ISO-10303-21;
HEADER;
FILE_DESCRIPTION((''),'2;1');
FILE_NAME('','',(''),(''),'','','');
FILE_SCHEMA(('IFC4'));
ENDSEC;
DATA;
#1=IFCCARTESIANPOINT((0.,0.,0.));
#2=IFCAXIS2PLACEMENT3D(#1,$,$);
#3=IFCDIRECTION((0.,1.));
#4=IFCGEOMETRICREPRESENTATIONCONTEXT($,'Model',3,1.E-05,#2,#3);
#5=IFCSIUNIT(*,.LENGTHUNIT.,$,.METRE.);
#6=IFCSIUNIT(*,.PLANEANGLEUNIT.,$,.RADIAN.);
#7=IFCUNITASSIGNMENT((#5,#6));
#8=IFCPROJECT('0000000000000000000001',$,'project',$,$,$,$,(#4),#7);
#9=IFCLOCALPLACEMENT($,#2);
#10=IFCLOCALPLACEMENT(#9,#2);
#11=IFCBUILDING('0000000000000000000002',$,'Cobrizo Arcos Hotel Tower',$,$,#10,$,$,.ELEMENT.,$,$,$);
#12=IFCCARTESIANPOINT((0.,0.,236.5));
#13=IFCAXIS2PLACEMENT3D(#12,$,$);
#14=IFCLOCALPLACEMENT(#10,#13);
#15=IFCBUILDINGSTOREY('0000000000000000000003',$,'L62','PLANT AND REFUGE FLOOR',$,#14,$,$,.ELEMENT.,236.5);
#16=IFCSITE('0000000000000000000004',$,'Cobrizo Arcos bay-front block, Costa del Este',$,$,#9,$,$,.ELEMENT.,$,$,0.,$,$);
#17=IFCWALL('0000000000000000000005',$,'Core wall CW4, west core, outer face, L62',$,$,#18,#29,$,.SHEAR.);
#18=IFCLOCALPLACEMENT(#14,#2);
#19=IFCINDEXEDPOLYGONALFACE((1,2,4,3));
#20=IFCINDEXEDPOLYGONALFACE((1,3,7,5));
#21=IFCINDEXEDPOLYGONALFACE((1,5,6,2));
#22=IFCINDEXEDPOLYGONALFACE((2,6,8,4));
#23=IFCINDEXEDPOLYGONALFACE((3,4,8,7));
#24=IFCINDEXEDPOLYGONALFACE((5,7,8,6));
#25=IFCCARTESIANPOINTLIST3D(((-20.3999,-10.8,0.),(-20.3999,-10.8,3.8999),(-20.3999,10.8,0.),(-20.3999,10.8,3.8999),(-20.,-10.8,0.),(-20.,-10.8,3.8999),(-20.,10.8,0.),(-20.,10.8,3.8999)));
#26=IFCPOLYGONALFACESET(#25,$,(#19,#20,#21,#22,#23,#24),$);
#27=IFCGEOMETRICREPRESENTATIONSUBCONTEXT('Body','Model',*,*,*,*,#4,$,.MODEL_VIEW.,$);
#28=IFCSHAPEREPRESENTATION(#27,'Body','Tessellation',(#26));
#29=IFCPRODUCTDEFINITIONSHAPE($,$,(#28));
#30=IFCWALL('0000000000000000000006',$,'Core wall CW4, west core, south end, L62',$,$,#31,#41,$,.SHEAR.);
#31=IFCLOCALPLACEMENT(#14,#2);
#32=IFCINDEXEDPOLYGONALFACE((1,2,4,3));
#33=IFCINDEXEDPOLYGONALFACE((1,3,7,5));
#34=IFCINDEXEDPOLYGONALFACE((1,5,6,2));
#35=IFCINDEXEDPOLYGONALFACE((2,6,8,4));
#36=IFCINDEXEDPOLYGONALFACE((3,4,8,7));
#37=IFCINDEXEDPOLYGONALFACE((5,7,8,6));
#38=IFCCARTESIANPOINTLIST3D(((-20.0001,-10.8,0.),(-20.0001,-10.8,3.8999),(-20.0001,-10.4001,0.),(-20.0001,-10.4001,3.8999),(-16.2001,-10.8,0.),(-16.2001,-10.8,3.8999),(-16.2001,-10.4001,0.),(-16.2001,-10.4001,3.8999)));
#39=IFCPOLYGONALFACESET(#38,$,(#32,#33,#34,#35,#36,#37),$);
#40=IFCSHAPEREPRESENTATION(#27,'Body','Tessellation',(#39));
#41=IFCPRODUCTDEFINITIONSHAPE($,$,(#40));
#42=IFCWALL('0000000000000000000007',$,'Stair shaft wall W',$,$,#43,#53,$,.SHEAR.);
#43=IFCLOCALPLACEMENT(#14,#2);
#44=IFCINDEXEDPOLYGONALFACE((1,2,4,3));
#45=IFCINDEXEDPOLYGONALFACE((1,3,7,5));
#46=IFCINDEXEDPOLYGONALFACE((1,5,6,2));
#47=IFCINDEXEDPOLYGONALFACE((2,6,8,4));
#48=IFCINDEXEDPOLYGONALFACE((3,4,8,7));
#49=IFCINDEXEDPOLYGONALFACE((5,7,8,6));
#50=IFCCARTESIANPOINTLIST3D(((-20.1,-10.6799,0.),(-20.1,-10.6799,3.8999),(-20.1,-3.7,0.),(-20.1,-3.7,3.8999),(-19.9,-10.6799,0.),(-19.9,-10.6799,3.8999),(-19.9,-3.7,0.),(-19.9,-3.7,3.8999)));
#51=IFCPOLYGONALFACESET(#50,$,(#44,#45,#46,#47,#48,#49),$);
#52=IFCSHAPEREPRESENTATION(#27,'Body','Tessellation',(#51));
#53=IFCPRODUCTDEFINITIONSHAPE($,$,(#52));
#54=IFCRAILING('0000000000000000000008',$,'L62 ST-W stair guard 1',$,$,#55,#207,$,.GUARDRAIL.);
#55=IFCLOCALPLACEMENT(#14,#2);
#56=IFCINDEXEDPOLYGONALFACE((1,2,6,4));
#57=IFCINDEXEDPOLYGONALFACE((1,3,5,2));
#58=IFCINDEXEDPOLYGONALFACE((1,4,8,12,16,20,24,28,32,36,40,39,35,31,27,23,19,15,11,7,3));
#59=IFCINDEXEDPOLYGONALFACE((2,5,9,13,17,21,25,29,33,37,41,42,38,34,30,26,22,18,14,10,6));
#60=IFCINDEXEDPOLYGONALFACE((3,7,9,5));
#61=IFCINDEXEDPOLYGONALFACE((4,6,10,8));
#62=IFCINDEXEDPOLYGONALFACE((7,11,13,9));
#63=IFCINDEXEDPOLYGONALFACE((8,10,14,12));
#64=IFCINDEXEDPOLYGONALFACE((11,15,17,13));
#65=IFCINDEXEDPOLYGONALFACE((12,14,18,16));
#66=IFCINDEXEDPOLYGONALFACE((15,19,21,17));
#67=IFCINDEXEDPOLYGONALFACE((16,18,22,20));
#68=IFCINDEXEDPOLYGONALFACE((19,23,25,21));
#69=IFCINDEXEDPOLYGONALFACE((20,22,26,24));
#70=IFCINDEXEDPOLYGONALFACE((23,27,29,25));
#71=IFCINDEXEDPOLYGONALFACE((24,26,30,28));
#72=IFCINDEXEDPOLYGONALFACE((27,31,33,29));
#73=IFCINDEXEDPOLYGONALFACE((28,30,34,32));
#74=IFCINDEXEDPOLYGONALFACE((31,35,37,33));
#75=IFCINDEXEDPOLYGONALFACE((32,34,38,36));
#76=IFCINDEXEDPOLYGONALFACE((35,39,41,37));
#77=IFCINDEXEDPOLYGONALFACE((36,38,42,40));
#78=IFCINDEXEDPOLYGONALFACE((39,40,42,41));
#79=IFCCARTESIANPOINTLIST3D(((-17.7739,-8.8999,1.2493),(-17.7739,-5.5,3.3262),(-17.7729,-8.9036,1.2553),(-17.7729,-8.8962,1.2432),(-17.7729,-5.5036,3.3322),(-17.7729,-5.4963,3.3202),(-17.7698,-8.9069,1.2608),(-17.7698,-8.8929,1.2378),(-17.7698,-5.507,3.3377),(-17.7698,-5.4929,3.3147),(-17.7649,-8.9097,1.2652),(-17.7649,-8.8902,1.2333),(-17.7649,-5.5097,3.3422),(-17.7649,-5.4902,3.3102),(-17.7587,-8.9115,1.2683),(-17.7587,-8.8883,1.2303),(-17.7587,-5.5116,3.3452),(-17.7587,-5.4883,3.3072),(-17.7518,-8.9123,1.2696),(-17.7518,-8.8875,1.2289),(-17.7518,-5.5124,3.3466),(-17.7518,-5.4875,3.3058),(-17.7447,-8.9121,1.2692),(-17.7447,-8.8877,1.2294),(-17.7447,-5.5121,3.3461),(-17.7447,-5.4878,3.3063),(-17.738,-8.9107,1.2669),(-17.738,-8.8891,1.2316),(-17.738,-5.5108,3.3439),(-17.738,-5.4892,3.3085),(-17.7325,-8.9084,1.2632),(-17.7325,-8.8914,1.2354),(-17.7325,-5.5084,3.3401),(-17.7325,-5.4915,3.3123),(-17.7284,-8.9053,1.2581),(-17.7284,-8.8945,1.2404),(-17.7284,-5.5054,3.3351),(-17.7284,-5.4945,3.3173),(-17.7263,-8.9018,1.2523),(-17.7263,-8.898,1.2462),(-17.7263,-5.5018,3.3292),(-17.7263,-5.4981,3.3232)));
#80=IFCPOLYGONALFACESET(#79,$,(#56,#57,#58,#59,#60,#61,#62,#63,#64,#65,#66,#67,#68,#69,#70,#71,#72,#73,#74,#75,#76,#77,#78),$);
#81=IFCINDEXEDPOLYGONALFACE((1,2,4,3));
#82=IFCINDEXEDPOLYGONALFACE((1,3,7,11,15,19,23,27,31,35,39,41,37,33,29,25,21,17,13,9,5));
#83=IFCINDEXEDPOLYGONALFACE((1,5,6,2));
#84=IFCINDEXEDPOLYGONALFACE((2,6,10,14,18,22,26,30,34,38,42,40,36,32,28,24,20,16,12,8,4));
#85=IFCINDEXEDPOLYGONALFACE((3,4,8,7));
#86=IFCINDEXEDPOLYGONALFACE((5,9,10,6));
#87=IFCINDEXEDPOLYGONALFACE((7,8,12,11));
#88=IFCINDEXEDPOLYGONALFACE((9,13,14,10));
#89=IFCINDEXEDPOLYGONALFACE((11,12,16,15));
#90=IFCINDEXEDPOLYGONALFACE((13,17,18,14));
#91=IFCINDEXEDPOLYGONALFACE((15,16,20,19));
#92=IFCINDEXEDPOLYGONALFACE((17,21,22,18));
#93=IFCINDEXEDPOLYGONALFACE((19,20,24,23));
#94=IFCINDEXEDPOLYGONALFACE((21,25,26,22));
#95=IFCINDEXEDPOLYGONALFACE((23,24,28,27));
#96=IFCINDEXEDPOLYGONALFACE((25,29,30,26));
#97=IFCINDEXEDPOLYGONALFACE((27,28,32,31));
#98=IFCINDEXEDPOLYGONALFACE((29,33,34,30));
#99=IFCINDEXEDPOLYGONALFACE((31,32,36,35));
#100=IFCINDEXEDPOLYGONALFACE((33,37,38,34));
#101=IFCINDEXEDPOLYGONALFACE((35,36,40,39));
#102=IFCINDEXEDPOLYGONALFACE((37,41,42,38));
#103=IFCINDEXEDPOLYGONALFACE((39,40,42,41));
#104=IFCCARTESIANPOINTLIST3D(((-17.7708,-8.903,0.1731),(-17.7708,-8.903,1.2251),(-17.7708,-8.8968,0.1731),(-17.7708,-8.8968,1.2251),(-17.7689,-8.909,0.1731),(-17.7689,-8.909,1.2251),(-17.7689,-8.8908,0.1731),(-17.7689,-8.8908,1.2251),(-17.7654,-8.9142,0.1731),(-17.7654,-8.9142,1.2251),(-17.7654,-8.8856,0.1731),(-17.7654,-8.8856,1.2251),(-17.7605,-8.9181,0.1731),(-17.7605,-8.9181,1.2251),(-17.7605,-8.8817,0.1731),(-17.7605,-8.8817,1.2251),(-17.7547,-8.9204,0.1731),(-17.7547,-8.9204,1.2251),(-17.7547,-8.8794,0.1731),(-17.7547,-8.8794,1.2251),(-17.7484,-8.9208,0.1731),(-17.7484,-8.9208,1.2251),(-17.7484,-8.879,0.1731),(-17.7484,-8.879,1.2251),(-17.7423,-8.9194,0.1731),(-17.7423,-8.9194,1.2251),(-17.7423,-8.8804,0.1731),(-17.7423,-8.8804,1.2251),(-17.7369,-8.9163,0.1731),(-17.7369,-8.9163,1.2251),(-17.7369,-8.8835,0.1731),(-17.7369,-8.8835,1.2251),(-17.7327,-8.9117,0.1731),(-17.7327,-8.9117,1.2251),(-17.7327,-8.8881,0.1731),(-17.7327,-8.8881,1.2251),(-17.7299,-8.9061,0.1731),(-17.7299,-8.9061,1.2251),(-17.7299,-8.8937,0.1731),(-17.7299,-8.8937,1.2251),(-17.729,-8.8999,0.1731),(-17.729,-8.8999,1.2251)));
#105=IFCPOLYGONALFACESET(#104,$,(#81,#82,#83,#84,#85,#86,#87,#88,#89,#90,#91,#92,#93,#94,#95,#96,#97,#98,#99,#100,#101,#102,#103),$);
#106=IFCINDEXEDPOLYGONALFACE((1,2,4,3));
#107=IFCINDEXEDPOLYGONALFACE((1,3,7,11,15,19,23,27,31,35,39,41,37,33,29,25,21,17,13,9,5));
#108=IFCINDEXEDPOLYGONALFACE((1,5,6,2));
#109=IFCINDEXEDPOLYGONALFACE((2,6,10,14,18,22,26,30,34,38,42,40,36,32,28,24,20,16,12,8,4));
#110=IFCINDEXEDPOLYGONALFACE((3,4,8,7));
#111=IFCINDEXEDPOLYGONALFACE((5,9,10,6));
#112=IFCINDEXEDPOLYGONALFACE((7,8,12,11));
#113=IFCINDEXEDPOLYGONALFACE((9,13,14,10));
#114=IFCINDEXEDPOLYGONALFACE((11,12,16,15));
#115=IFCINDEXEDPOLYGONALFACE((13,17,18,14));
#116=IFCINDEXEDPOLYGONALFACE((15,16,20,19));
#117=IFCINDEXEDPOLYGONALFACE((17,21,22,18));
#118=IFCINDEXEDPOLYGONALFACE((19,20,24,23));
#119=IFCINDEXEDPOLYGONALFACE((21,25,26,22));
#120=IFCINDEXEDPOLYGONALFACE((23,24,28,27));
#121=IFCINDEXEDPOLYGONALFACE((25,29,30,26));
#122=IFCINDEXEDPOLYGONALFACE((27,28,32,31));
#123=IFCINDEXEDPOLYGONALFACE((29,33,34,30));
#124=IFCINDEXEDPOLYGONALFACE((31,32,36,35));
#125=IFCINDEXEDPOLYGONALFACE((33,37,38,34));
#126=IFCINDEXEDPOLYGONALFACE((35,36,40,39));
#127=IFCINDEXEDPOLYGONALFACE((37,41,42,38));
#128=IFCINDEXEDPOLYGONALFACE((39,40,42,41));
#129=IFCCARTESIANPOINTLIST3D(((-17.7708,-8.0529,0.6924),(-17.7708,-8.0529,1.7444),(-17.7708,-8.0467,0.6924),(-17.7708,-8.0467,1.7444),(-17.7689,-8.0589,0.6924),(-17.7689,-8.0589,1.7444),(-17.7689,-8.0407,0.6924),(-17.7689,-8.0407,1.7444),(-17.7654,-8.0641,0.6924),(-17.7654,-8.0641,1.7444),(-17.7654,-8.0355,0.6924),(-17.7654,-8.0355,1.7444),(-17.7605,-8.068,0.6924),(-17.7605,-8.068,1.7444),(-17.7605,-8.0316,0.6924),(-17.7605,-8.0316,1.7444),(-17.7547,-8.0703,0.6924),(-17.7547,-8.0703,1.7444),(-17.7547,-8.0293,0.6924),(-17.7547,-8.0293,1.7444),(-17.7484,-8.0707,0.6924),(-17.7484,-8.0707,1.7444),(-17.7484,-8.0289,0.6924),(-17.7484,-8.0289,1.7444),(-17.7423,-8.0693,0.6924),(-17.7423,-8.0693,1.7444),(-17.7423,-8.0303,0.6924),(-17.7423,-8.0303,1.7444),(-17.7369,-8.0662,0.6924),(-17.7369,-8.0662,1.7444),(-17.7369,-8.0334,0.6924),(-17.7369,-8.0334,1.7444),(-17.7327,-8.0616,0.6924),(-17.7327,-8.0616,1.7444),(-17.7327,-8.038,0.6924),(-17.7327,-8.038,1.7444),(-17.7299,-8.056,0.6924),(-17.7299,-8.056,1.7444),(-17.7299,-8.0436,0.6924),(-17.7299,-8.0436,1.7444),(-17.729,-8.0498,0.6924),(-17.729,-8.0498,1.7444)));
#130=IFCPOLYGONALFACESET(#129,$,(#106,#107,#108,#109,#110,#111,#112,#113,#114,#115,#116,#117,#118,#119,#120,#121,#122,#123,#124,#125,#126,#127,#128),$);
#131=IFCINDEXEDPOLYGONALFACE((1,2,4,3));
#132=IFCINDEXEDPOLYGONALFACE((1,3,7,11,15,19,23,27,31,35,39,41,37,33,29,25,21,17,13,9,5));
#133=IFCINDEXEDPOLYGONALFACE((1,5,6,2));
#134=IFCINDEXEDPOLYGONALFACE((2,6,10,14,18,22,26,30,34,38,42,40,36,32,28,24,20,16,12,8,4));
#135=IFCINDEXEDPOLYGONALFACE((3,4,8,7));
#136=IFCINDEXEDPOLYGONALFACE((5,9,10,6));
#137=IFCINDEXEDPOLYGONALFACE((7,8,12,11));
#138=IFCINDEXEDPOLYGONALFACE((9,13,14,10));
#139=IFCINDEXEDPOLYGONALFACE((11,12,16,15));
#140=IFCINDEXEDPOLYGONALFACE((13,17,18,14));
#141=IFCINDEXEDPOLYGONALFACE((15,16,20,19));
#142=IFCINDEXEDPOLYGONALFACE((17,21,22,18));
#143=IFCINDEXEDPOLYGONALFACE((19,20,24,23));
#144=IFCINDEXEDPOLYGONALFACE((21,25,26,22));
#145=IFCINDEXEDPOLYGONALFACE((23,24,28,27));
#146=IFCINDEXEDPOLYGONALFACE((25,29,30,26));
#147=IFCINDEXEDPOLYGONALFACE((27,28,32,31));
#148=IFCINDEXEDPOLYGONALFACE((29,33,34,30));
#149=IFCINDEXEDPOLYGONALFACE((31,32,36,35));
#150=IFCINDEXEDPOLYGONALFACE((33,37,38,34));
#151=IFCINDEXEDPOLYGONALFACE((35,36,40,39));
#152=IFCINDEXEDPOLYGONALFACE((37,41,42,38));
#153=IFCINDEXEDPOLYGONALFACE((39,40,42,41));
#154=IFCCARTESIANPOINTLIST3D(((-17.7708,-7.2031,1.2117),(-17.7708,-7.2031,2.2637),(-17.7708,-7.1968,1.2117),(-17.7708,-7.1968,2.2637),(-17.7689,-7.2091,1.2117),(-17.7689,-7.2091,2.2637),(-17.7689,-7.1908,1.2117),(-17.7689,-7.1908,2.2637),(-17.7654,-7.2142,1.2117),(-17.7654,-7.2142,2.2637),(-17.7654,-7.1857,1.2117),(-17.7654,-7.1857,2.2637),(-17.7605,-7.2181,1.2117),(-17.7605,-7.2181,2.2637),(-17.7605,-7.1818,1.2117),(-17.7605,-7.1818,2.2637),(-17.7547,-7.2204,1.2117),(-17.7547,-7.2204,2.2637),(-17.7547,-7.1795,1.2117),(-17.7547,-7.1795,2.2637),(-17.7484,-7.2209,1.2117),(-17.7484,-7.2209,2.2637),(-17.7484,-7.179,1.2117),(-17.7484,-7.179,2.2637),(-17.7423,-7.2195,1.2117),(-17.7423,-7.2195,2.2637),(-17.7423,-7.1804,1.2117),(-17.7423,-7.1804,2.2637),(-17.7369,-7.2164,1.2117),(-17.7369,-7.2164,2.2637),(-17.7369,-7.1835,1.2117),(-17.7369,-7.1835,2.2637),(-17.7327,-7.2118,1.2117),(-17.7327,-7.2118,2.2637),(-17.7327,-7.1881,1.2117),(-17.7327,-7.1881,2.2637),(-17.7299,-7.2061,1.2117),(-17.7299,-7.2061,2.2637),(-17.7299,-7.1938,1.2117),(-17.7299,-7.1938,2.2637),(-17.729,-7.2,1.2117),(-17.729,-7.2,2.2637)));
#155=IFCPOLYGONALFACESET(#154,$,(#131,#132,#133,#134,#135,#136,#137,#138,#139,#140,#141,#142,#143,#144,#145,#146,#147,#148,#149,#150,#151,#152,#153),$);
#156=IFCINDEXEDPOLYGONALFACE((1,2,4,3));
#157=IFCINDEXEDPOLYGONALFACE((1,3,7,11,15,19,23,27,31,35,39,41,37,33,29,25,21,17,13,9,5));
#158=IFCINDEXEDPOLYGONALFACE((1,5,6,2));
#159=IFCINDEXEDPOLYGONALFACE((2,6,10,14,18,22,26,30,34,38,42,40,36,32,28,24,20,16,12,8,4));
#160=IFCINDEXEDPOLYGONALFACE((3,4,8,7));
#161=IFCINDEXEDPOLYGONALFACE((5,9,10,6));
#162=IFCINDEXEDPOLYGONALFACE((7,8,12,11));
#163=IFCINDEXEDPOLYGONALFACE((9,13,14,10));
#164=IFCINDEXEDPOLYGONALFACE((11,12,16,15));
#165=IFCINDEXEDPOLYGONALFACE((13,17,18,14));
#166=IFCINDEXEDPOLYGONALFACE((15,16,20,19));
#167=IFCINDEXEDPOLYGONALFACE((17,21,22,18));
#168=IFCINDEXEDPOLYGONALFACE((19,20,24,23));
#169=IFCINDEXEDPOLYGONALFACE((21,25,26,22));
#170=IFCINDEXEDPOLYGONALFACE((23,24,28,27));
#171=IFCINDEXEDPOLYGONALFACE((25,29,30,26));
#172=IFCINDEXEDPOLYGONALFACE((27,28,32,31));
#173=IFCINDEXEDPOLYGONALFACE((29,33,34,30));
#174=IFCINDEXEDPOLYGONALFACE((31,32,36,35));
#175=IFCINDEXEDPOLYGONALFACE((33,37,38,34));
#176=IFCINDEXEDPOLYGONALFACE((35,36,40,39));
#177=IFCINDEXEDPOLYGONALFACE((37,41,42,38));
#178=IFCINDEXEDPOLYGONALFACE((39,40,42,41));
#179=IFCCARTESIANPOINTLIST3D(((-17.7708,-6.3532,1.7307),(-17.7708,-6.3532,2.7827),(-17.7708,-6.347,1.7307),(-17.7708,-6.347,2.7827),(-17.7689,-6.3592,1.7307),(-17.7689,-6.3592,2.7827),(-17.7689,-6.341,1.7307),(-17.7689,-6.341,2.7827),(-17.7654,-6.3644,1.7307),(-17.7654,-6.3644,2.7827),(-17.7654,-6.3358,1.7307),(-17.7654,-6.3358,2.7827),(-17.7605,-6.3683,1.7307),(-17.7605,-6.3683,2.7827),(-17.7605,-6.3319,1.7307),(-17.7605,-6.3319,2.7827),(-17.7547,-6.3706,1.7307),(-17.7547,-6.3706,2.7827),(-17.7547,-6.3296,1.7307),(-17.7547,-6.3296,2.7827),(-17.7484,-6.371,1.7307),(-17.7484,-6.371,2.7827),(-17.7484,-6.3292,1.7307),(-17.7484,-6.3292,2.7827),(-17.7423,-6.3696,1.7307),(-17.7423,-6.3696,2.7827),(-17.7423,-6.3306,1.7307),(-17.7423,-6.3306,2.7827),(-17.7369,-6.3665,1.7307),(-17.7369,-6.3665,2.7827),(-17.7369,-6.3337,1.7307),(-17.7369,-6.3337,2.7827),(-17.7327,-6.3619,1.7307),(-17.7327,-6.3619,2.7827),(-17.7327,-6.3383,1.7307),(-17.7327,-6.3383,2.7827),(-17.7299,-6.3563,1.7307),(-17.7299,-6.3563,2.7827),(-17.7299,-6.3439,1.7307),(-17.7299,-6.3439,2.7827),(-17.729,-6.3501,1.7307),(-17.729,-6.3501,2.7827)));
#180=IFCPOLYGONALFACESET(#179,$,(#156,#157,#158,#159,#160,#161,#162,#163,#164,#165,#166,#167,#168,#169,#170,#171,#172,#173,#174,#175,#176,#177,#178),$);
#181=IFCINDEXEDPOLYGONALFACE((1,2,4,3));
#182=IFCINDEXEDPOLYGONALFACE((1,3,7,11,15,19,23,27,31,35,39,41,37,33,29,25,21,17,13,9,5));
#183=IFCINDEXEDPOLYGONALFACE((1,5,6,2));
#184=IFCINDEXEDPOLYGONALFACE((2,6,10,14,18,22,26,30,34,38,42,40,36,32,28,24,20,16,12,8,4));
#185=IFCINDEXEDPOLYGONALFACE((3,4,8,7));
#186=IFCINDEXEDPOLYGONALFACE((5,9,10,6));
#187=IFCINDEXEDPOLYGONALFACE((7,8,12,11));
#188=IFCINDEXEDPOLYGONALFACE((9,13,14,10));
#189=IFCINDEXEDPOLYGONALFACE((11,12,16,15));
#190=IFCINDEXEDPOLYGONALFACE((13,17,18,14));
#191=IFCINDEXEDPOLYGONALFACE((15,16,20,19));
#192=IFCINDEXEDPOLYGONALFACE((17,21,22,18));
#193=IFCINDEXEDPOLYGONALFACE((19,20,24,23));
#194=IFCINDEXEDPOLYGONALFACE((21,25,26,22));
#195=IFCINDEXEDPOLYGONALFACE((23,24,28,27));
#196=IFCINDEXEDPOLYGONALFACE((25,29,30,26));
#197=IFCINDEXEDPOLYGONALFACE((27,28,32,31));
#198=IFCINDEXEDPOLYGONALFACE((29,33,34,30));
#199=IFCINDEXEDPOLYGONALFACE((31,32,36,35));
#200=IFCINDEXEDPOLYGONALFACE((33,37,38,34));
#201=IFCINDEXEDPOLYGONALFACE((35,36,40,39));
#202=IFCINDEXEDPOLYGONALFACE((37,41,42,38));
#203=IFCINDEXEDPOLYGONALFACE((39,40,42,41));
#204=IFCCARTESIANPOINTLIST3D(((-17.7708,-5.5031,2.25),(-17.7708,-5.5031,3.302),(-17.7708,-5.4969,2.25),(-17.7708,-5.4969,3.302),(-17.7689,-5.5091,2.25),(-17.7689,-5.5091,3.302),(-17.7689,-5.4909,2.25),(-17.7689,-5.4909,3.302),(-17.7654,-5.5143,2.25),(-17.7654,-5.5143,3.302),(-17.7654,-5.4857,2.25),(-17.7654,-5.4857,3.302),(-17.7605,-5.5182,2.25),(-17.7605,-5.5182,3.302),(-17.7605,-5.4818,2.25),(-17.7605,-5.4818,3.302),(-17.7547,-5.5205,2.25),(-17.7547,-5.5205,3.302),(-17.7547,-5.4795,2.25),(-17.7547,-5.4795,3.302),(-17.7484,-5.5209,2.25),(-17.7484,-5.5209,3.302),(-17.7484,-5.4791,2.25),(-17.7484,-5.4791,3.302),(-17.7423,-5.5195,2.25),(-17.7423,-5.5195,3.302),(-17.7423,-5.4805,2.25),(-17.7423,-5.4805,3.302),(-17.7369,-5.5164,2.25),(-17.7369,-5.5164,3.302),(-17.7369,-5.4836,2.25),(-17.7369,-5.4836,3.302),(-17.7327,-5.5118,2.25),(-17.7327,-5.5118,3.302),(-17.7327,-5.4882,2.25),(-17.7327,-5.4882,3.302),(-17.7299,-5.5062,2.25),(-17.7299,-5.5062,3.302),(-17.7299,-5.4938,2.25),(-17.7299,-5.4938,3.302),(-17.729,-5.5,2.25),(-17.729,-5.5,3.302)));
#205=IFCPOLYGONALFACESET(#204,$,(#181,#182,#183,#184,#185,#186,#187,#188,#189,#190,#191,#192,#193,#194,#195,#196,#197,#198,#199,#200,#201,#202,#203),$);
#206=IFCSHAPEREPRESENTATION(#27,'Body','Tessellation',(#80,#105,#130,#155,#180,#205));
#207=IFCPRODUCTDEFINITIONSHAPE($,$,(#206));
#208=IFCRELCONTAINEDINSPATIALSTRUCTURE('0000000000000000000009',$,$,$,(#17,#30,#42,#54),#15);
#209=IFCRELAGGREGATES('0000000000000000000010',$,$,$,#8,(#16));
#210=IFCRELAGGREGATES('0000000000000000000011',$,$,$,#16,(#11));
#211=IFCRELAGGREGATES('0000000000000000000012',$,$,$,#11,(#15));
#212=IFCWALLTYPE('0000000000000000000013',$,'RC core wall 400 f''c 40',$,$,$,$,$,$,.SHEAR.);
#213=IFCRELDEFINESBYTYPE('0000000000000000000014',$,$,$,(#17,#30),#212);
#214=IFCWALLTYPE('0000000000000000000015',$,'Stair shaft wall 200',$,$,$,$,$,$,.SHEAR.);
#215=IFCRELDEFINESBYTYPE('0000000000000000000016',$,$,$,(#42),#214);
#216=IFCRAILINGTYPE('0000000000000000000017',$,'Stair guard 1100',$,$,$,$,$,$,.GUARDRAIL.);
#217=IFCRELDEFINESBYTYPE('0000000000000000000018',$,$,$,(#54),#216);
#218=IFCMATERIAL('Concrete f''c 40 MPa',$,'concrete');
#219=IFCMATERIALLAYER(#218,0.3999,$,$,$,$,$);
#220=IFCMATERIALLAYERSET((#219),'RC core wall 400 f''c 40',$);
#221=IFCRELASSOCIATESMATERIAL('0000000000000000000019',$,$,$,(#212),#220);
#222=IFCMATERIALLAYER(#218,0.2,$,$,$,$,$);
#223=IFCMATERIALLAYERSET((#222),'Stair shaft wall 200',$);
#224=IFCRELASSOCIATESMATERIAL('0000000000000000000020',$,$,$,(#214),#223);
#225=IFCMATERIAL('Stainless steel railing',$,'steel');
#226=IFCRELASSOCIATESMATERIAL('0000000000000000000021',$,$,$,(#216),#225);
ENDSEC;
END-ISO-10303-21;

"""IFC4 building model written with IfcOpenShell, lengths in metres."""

from ifc_helpers import new_model, si_unit, direction, frame, frame_2d, origin, origin_2d, place, context, subcontext, project, spatial, rectangle, circle, extrude, material, layer, layer_set, type_object, element, save


model = new_model("IFC4")

# Units and contexts
model_context = context("Model", 3, precision=1e-05, world=origin(), true_north=direction((0.0, 1.0)))
body_context = subcontext(model_context, "Body", "Model", "MODEL_VIEW")
ifc_project = project(units=[si_unit("LENGTHUNIT", "METRE"), si_unit("PLANEANGLEUNIT", "RADIAN")], contexts=[model_context])

# Site, building, storey
site_placement = place(None, origin())
site = spatial("IfcSite", under=ifc_project, at=site_placement, Name="Cobrizo Arcos bay-front block, Costa del Este", CompositionType="ELEMENT", RefElevation=0.0)
building_placement = place(site_placement, origin())
building = spatial("IfcBuilding", under=site, at=building_placement, Name="Cobrizo Arcos Hotel Tower", CompositionType="ELEMENT")
storey_placement = place(building_placement, frame((0.0, 0.0, 236.5)))
storey = spatial("IfcBuildingStorey", under=building, at=storey_placement, Name="L62", Description="PLANT AND REFUGE FLOOR", CompositionType="ELEMENT", Elevation=236.5)

# Shared definitions
ifc_material_1 = material(Name="Concrete f'c 40 MPa", Category="concrete")
ifc_layer_1 = layer(ifc_material_1, 0.3999)
ifc_layer_set_1 = layer_set([ifc_layer_1], Name="RC core wall 400 f'c 40")
wall_type_1 = type_object("IfcWallType", Name="RC core wall 400 f'c 40", PredefinedType="SHEAR", material=ifc_layer_set_1)

# Walls
wall_1_placement = place(storey_placement, frame((-20.2, -10.8, 0.0), z_axis=(0.0, 0.0, 1.0), x_axis=(0.0, 1.0, 0.0)))
element("IfcWall", 1, at=wall_1_placement, inside=storey, type_object=wall_type_1, Name="Core wall CW4, west core, outer face, L62", PredefinedType="SHEAR", context=body_context, shape_type="SweptSolid", body=[
    extrude(rectangle(XDim=21.6001, YDim=0.3999, at=frame_2d((10.8, 0.0))), origin(), (0.0, 0.0, 1.0), 3.8999),
])
wall_2_placement = place(storey_placement, frame((-20.0, -10.6001, 0.0), z_axis=(0.0, 0.0, 1.0), x_axis=(1.0, 0.0, 0.0)))
element("IfcWall", 2, at=wall_2_placement, inside=storey, type_object=wall_type_1, Name="Core wall CW4, west core, south end, L62", PredefinedType="SHEAR", context=body_context, shape_type="SweptSolid", body=[
    extrude(rectangle(XDim=3.8, YDim=0.3999, at=frame_2d((1.8999, 0.0))), origin(), (0.0, 0.0, 1.0), 3.8999),
])
ifc_layer_2 = layer(ifc_material_1, 0.2)
ifc_layer_set_2 = layer_set([ifc_layer_2], Name="Stair shaft wall 200")
wall_type_2 = type_object("IfcWallType", Name="Stair shaft wall 200", PredefinedType="SHEAR", material=ifc_layer_set_2)
wall_3_placement = place(storey_placement, frame((-20.0, -10.6799, 0.0), z_axis=(0.0, 0.0, 1.0), x_axis=(0.0, 1.0, 0.0)))
element("IfcWall", 3, at=wall_3_placement, inside=storey, type_object=wall_type_2, Name="Stair shaft wall W", PredefinedType="SHEAR", context=body_context, shape_type="SweptSolid", body=[
    extrude(rectangle(XDim=6.98, YDim=0.2, at=frame_2d((3.49, 0.0))), origin(), (0.0, 0.0, 1.0), 3.8999),
])

# Railing
ifc_material_2 = material(Name="Stainless steel railing", Category="steel")
railing_type = type_object("IfcRailingType", Name="Stair guard 1100", PredefinedType="GUARDRAIL", material=ifc_material_2)
railing_1_placement = place(storey_placement, frame((-17.75, -8.8999, 0.1731)))
element("IfcRailing", 4, at=railing_1_placement, inside=storey, type_object=railing_type, Name="L62 ST-W stair guard 1", PredefinedType="GUARDRAIL", context=body_context, shape_type="SweptSolid", body=[
    extrude(circle(Radius=0.0239, at=origin_2d()), frame((0.0, 0.0, 1.0762), z_axis=(0.0, 0.853373, 0.521301), x_axis=(-1.0, 0.0, 0.0)), (0.0, 0.0, 1.0), 3.9841),
    extrude(circle(Radius=0.021, at=origin_2d()), origin(), (0.0, 0.0, 1.0), 1.052),
    extrude(circle(Radius=0.021, at=origin_2d()), frame((0.0, 0.8501, 0.5193)), (0.0, 0.0, 1.0), 1.052),
    extrude(circle(Radius=0.021, at=origin_2d()), frame((0.0, 1.7, 1.0386)), (0.0, 0.0, 1.0), 1.052),
    extrude(circle(Radius=0.021, at=origin_2d()), frame((0.0, 2.5498, 1.5576)), (0.0, 0.0, 1.0), 1.052),
    extrude(circle(Radius=0.021, at=origin_2d()), frame((0.0, 3.3999, 2.0769)), (0.0, 0.0, 1.0), 1.052),
])

save(model, "model.ifc")
